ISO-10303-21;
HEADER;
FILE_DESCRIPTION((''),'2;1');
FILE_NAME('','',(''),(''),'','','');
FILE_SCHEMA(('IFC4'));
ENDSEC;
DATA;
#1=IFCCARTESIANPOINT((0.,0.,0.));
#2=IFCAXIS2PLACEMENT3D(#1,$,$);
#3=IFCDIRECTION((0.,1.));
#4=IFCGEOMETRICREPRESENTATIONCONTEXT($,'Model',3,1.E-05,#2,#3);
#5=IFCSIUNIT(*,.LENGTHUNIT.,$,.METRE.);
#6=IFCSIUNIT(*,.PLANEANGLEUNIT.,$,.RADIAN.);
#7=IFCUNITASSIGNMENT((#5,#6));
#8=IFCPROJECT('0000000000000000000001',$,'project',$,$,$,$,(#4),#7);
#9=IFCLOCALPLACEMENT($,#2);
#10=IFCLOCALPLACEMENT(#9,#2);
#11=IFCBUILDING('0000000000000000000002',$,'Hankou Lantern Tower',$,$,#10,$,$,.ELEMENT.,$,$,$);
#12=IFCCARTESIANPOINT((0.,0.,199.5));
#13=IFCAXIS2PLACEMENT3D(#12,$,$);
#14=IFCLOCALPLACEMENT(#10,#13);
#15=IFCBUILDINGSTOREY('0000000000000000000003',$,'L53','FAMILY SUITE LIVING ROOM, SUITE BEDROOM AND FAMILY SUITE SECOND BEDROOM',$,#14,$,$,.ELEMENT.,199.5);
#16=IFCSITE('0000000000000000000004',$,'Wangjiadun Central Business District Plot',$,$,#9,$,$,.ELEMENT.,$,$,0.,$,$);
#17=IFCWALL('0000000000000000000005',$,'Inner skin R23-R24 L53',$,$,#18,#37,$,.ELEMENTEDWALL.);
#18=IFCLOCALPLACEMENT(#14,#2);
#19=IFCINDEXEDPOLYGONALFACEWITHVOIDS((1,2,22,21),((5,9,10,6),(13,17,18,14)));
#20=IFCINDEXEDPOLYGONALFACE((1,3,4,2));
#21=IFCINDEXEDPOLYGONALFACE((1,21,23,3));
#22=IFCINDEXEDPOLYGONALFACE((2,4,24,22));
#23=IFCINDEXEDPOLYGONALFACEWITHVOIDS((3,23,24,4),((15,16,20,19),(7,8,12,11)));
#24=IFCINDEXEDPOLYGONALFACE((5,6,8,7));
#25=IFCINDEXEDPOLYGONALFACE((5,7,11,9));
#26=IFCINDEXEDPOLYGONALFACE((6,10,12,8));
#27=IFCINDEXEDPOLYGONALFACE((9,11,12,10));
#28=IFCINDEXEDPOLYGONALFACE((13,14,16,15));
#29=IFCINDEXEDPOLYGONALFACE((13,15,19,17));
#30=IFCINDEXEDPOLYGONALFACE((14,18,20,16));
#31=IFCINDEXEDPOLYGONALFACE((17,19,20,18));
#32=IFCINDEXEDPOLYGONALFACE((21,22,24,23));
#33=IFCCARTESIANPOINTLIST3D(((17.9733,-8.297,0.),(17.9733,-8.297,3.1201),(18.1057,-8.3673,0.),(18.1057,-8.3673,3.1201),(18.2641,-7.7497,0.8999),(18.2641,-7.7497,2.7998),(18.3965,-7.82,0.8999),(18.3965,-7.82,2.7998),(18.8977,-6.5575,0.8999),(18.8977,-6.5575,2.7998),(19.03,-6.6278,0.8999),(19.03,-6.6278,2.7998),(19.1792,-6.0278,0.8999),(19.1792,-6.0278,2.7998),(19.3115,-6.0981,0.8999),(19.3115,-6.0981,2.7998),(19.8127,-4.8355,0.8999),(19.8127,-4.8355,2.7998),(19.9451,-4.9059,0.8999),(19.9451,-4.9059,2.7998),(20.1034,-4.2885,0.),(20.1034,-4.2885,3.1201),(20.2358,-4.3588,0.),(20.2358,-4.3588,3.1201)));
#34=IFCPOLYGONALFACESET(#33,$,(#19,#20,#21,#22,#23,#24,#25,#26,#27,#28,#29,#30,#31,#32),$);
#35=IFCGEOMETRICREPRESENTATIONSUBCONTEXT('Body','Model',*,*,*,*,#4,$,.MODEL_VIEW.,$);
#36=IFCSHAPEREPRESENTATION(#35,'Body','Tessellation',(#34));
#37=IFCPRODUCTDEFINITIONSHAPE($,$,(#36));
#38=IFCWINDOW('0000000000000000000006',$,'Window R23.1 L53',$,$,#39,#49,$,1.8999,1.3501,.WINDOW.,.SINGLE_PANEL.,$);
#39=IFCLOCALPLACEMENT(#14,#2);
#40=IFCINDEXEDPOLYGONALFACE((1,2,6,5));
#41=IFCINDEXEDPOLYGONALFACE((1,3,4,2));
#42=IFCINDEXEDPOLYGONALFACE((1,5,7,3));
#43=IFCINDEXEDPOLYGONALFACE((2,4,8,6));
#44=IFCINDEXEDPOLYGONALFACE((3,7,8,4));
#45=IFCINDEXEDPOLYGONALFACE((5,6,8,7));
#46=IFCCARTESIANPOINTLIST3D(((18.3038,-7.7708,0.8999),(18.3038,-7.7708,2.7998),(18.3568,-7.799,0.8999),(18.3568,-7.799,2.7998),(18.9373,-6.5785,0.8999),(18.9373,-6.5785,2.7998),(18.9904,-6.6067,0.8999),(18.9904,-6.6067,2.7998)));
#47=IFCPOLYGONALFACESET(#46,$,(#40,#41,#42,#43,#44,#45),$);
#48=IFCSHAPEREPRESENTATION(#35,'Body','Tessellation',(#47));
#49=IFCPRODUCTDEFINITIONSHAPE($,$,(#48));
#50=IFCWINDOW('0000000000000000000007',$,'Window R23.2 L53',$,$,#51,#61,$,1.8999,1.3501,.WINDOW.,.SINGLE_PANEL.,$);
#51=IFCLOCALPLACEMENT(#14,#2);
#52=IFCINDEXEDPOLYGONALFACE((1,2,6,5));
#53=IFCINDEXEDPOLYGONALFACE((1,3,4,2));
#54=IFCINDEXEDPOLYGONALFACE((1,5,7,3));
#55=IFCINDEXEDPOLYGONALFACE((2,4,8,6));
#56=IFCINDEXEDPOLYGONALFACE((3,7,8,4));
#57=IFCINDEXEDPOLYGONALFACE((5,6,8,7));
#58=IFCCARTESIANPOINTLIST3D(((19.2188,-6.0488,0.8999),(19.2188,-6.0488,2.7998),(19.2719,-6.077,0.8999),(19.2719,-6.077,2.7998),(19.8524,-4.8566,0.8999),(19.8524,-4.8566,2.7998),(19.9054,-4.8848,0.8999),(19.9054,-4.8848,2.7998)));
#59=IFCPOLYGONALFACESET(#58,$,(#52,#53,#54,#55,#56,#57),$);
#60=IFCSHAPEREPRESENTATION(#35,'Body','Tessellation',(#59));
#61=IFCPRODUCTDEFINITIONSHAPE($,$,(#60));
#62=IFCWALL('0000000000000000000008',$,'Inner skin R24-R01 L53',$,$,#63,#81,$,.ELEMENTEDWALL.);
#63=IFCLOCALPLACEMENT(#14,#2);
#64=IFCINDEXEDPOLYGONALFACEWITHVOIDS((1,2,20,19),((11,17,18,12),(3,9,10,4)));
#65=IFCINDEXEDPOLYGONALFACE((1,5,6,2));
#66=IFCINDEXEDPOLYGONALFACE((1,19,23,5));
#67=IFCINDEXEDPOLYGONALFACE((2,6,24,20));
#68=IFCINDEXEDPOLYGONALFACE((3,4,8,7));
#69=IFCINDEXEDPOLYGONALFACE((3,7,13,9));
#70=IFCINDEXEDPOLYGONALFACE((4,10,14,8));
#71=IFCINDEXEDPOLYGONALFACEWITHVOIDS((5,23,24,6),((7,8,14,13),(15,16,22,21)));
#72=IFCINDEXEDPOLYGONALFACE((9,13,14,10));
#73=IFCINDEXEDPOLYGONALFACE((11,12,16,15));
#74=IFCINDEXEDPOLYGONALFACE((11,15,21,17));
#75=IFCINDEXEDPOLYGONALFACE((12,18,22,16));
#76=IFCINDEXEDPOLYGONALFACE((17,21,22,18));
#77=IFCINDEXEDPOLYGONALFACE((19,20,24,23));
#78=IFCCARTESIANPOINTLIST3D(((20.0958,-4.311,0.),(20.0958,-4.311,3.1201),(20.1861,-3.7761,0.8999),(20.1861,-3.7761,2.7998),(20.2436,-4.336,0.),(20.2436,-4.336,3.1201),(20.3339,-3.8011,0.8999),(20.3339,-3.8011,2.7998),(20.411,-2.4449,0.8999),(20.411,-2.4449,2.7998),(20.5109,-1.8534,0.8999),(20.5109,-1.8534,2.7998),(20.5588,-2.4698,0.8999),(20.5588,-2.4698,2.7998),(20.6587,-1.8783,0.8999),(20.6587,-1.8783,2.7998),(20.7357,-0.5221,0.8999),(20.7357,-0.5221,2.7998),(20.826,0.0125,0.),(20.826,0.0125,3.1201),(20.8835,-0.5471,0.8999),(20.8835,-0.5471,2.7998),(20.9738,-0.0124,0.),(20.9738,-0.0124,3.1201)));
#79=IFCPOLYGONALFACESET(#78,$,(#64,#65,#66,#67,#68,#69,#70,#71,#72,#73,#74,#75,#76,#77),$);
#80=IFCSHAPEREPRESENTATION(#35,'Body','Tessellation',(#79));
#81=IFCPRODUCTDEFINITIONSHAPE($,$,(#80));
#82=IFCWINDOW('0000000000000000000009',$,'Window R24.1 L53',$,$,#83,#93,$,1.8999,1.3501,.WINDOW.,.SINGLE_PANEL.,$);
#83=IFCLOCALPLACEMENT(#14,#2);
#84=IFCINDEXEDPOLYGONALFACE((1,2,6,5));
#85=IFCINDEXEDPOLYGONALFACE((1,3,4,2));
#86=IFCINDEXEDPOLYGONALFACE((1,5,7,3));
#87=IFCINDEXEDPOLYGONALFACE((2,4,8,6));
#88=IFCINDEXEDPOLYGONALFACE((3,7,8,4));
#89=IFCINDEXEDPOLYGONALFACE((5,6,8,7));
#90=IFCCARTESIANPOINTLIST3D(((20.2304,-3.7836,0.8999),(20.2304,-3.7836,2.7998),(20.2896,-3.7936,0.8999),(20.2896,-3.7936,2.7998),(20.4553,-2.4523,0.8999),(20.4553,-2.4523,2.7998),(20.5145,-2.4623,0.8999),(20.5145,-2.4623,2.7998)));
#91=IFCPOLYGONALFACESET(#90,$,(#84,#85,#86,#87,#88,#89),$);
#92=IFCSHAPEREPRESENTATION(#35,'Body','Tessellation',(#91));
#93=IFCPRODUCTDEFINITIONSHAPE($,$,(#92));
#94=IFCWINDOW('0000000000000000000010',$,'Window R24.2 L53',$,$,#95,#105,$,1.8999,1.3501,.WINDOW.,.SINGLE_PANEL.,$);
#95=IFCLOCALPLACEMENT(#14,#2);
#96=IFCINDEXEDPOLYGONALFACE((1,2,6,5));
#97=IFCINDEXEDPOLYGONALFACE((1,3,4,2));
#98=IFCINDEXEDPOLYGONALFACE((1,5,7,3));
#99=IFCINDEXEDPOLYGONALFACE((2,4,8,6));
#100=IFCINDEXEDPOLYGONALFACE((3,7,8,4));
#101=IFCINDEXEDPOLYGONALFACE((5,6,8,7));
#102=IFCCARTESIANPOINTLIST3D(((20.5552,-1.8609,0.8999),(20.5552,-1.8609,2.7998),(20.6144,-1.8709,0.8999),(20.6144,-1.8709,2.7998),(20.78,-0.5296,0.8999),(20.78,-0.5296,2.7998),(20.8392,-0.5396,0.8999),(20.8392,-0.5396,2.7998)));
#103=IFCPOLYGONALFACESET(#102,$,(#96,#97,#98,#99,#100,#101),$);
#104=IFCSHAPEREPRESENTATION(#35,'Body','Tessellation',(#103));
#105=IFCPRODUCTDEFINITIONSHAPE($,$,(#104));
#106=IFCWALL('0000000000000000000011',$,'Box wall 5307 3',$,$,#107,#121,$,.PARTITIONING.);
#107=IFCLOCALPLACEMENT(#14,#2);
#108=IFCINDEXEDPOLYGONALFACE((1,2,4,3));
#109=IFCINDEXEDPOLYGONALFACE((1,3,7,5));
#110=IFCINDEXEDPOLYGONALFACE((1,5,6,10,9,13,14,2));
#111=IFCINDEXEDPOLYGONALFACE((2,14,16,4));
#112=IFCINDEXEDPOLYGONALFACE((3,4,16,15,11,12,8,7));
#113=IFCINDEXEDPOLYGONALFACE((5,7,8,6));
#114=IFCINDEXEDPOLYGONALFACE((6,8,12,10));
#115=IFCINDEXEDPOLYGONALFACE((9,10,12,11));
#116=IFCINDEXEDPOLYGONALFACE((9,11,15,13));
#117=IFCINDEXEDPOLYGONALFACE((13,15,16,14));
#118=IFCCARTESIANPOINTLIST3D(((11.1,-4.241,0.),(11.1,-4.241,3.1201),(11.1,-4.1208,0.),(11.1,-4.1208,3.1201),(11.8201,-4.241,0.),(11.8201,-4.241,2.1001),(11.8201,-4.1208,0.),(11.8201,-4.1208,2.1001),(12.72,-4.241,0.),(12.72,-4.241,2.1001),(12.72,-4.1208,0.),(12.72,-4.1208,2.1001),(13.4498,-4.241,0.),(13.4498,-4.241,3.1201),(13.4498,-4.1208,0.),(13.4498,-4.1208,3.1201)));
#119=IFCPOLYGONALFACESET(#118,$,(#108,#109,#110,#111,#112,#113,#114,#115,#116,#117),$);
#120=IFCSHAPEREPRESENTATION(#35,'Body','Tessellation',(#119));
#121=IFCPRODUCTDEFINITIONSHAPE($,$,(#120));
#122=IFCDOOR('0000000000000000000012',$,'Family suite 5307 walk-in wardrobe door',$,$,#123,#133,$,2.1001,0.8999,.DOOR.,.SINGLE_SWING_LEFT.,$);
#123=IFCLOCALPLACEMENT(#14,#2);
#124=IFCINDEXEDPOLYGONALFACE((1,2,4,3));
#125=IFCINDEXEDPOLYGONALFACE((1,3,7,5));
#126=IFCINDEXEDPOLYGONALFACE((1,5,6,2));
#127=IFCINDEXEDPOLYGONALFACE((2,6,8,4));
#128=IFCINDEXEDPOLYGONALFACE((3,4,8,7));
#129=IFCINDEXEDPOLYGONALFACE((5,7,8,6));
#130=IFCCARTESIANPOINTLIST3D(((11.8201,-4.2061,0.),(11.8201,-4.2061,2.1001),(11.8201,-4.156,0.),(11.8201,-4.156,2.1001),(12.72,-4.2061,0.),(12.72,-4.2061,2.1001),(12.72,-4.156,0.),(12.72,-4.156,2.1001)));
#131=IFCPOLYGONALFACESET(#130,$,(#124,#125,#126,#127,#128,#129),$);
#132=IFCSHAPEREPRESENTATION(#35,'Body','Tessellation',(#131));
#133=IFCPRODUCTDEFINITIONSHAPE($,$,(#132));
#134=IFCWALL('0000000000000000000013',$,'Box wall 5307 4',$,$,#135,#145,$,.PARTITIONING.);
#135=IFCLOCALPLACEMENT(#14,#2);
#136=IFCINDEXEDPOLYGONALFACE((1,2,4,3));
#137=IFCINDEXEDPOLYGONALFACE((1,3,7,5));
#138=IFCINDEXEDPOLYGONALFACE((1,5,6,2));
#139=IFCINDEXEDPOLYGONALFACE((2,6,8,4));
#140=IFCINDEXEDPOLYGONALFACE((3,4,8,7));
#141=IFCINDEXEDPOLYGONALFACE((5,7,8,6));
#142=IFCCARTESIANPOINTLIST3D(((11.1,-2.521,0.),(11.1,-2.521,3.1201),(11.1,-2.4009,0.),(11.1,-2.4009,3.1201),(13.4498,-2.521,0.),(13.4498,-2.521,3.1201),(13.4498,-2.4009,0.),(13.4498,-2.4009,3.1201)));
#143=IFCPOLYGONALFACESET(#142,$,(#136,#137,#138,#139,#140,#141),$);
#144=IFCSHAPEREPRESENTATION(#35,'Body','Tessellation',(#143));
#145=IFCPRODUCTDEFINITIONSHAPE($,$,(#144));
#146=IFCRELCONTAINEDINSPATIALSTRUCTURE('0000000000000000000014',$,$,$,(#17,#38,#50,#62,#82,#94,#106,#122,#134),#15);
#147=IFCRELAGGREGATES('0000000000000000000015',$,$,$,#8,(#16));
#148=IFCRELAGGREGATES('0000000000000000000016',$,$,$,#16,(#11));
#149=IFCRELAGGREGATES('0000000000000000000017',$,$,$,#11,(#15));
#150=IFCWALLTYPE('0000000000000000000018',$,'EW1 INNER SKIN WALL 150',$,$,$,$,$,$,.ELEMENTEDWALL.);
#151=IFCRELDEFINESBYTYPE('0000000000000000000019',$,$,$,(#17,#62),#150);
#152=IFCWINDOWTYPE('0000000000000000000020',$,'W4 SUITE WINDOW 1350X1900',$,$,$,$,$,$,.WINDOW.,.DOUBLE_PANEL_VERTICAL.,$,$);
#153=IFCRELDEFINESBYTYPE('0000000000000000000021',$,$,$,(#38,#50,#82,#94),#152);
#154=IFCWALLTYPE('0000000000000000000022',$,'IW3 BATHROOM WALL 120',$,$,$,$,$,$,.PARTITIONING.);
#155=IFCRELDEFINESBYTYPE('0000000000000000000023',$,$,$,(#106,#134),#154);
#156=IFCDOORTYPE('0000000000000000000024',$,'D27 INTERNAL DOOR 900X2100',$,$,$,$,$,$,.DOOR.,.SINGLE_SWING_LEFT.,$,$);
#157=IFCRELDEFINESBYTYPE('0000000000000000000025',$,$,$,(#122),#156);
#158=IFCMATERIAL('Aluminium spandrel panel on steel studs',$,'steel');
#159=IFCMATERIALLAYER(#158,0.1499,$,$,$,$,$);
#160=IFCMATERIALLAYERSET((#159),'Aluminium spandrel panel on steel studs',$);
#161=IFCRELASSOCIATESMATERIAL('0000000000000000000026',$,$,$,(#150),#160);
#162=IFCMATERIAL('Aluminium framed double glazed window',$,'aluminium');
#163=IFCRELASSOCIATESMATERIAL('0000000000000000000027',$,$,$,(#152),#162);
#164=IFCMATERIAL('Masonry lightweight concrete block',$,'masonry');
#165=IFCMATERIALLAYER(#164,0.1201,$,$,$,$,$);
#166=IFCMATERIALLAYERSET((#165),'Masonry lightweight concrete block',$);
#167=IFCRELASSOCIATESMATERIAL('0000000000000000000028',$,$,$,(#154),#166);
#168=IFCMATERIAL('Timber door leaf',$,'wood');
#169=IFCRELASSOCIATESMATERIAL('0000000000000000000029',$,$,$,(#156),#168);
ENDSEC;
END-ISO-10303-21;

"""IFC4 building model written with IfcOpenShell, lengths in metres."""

from ifc_helpers import new_model, si_unit, direction, frame, frame_2d, origin, place, context, subcontext, project, spatial, rectangle, extrude, material, layer, layer_set, type_object, element, fill, save


model = new_model("IFC4")

# Units and contexts
model_context = context("Model", 3, precision=1e-05, world=origin(), true_north=direction((0.0, 1.0)))
body_context = subcontext(model_context, "Body", "Model", "MODEL_VIEW")
ifc_project = project(units=[si_unit("LENGTHUNIT", "METRE"), si_unit("PLANEANGLEUNIT", "RADIAN")], contexts=[model_context])

# Site, building, storey
site_placement = place(None, origin())
site = spatial("IfcSite", under=ifc_project, at=site_placement, Name="Wangjiadun Central Business District Plot", CompositionType="ELEMENT", RefElevation=0.0)
building_placement = place(site_placement, origin())
building = spatial("IfcBuilding", under=site, at=building_placement, Name="Hankou Lantern Tower", CompositionType="ELEMENT")
storey_placement = place(building_placement, frame((0.0, 0.0, 199.5)))
storey = spatial("IfcBuildingStorey", under=building, at=storey_placement, Name="L53", Description="FAMILY SUITE LIVING ROOM, SUITE BEDROOM AND FAMILY SUITE SECOND BEDROOM", CompositionType="ELEMENT", Elevation=199.5)

# Walls, openings, windows
ifc_material_1 = material(Name="Aluminium spandrel panel on steel studs", Category="steel")
ifc_layer_1 = layer(ifc_material_1, 0.1499)
ifc_layer_set_1 = layer_set([ifc_layer_1], Name="Aluminium spandrel panel on steel studs")
wall_type_1 = type_object("IfcWallType", Name="EW1 INNER SKIN WALL 150", PredefinedType="ELEMENTEDWALL", material=ifc_layer_set_1)
wall_1_placement = place(storey_placement, frame((18.0396, -8.332, 0.0), z_axis=(0.0, 0.0, 1.0), x_axis=(0.469256, 0.883062, 0.0)))
wall_1 = element("IfcWall", 1, at=wall_1_placement, inside=storey, type_object=wall_type_1, Name="Inner skin R23-R24 L53", PredefinedType="ELEMENTEDWALL", context=body_context, shape_type="SweptSolid", body=[
    extrude(rectangle(XDim=4.5393, YDim=0.1499, at=frame_2d((2.2695, 0.0))), origin(), (0.0, 0.0, 1.0), 3.1201),
])
opening_1_placement = place(wall_1_placement, frame((0.6196, 0.0, 0.8999)))
opening_1 = element("IfcOpeningElement", 2, at=opening_1_placement, cuts=wall_1, PredefinedType="OPENING", context=body_context, shape_type="SweptSolid", body=[
    extrude(rectangle(XDim=1.3501, YDim=1.8999, at=frame_2d((0.675, 0.95))), frame((0.0, 0.085, 0.0), z_axis=(0.0, -1.0, 0.0), x_axis=(1.0, 0.0, 0.0)), (0.0, 0.0, 1.0), 0.1699),
])
opening_2_placement = place(wall_1_placement, frame((2.5696, 0.0, 0.8999)))
opening_2 = element("IfcOpeningElement", 3, at=opening_2_placement, cuts=wall_1, PredefinedType="OPENING", context=body_context, shape_type="SweptSolid", body=[
    extrude(rectangle(XDim=1.3501, YDim=1.8999, at=frame_2d((0.675, 0.95))), frame((0.0, 0.085, 0.0), z_axis=(0.0, -1.0, 0.0), x_axis=(1.0, 0.0, 0.0)), (0.0, 0.0, 1.0), 0.1699),
])
ifc_material_2 = material(Name="Aluminium framed double glazed window", Category="aluminium")
window_type = type_object("IfcWindowType", Name="W4 SUITE WINDOW 1350X1900", PartitioningType="DOUBLE_PANEL_VERTICAL", PredefinedType="WINDOW", material=ifc_material_2)
window_1_placement = place(opening_1_placement, origin())
window_1 = element("IfcWindow", 4, at=window_1_placement, inside=storey, type_object=window_type, Name="Window R23.1 L53", OverallHeight=1.8999, OverallWidth=1.3501, PartitioningType="SINGLE_PANEL", PredefinedType="WINDOW", context=body_context, shape_type="SweptSolid", body=[
    extrude(rectangle(XDim=1.3501, YDim=1.8999, at=frame_2d((0.675, 0.95))), frame((0.0, 0.03, 0.0), z_axis=(0.0, -1.0, 0.0), x_axis=(1.0, 0.0, 0.0)), (0.0, 0.0, 1.0), 0.0601),
])
fill(opening_1, window_1)
window_2_placement = place(opening_2_placement, origin())
window_2 = element("IfcWindow", 5, at=window_2_placement, inside=storey, type_object=window_type, Name="Window R23.2 L53", OverallHeight=1.8999, OverallWidth=1.3501, PartitioningType="SINGLE_PANEL", PredefinedType="WINDOW", context=body_context, shape_type="SweptSolid", body=[
    extrude(rectangle(XDim=1.3501, YDim=1.8999, at=frame_2d((0.675, 0.95))), frame((0.0, 0.03, 0.0), z_axis=(0.0, -1.0, 0.0), x_axis=(1.0, 0.0, 0.0)), (0.0, 0.0, 1.0), 0.0601),
])
fill(opening_2, window_2)
wall_2_placement = place(storey_placement, frame((20.1697, -4.3235, 0.0), z_axis=(0.0, 0.0, 1.0), x_axis=(0.166539, 0.986035, 0.0)))
wall_2 = element("IfcWall", 6, at=wall_2_placement, inside=storey, type_object=wall_type_1, Name="Inner skin R24-R01 L53", PredefinedType="ELEMENTEDWALL", context=body_context, shape_type="SweptSolid", body=[
    extrude(rectangle(XDim=4.3848, YDim=0.1499, at=frame_2d((2.1924, 0.0))), origin(), (0.0, 0.0, 1.0), 3.1201),
])
opening_3_placement = place(wall_2_placement, frame((0.5425, 0.0, 0.8999)))
opening_3 = element("IfcOpeningElement", 7, at=opening_3_placement, cuts=wall_2, PredefinedType="OPENING", context=body_context, shape_type="SweptSolid", body=[
    extrude(rectangle(XDim=1.3501, YDim=1.8999, at=frame_2d((0.675, 0.95))), frame((0.0, 0.085, 0.0), z_axis=(0.0, -1.0, 0.0), x_axis=(1.0, 0.0, 0.0)), (0.0, 0.0, 1.0), 0.1699),
])
opening_4_placement = place(wall_2_placement, frame((2.4924, 0.0, 0.8999)))
opening_4 = element("IfcOpeningElement", 8, at=opening_4_placement, cuts=wall_2, PredefinedType="OPENING", context=body_context, shape_type="SweptSolid", body=[
    extrude(rectangle(XDim=1.3501, YDim=1.8999, at=frame_2d((0.675, 0.95))), frame((0.0, 0.085, 0.0), z_axis=(0.0, -1.0, 0.0), x_axis=(1.0, 0.0, 0.0)), (0.0, 0.0, 1.0), 0.1699),
])
window_3_placement = place(opening_3_placement, origin())
window_3 = element("IfcWindow", 9, at=window_3_placement, inside=storey, type_object=window_type, Name="Window R24.1 L53", OverallHeight=1.8999, OverallWidth=1.3501, PartitioningType="SINGLE_PANEL", PredefinedType="WINDOW", context=body_context, shape_type="SweptSolid", body=[
    extrude(rectangle(XDim=1.3501, YDim=1.8999, at=frame_2d((0.675, 0.95))), frame((0.0, 0.03, 0.0), z_axis=(0.0, -1.0, 0.0), x_axis=(1.0, 0.0, 0.0)), (0.0, 0.0, 1.0), 0.0601),
])
fill(opening_3, window_3)
window_4_placement = place(opening_4_placement, origin())
window_4 = element("IfcWindow", 10, at=window_4_placement, inside=storey, type_object=window_type, Name="Window R24.2 L53", OverallHeight=1.8999, OverallWidth=1.3501, PartitioningType="SINGLE_PANEL", PredefinedType="WINDOW", context=body_context, shape_type="SweptSolid", body=[
    extrude(rectangle(XDim=1.3501, YDim=1.8999, at=frame_2d((0.675, 0.95))), frame((0.0, 0.03, 0.0), z_axis=(0.0, -1.0, 0.0), x_axis=(1.0, 0.0, 0.0)), (0.0, 0.0, 1.0), 0.0601),
])
fill(opening_4, window_4)

# Wall, opening, door
ifc_material_3 = material(Name="Masonry lightweight concrete block", Category="masonry")
ifc_layer_2 = layer(ifc_material_3, 0.1201)
ifc_layer_set_2 = layer_set([ifc_layer_2], Name="Masonry lightweight concrete block")
wall_type_2 = type_object("IfcWallType", Name="IW3 BATHROOM WALL 120", PredefinedType="PARTITIONING", material=ifc_layer_set_2)
wall_3_placement = place(storey_placement, frame((11.1001, -4.1809, 0.0), z_axis=(0.0, 0.0, 1.0), x_axis=(1.0, 0.0, 0.0)))
wall_3 = element("IfcWall", 11, at=wall_3_placement, inside=storey, type_object=wall_type_2, Name="Box wall 5307 3", PredefinedType="PARTITIONING", context=body_context, shape_type="SweptSolid", body=[
    extrude(rectangle(XDim=2.3499, YDim=0.1201, at=frame_2d((1.1748, 0.0))), origin(), (0.0, 0.0, 1.0), 3.1201),
])
opening_5_placement = place(wall_3_placement, frame((0.72, 0.0, 0.0)))
opening_5 = element("IfcOpeningElement", 12, at=opening_5_placement, cuts=wall_3, PredefinedType="OPENING", context=body_context, shape_type="SweptSolid", body=[
    extrude(rectangle(XDim=0.8999, YDim=2.1001, at=frame_2d((0.45, 1.05))), frame((0.0, 0.0701, 0.0), z_axis=(0.0, -1.0, 0.0), x_axis=(1.0, 0.0, 0.0)), (0.0, 0.0, 1.0), 0.1401),
])
ifc_material_4 = material(Name="Timber door leaf", Category="wood")
door_type = type_object("IfcDoorType", Name="D27 INTERNAL DOOR 900X2100", OperationType="SINGLE_SWING_LEFT", PredefinedType="DOOR", material=ifc_material_4)
door_1_placement = place(opening_5_placement, origin())
door_1 = element("IfcDoor", 13, at=door_1_placement, inside=storey, type_object=door_type, Name="Family suite 5307 walk-in wardrobe door", OperationType="SINGLE_SWING_LEFT", OverallHeight=2.1001, OverallWidth=0.8999, PredefinedType="DOOR", context=body_context, shape_type="SweptSolid", body=[
    extrude(rectangle(XDim=0.8999, YDim=2.1001, at=frame_2d((0.45, 1.05))), frame((0.0, 0.0249, 0.0), z_axis=(0.0, -1.0, 0.0), x_axis=(1.0, 0.0, 0.0)), (0.0, 0.0, 1.0), 0.05),
])
fill(opening_5, door_1)

# Wall
wall_4_placement = place(storey_placement, frame((11.1001, -2.4609, 0.0), z_axis=(0.0, 0.0, 1.0), x_axis=(1.0, 0.0, 0.0)))
element("IfcWall", 14, at=wall_4_placement, inside=storey, type_object=wall_type_2, Name="Box wall 5307 4", PredefinedType="PARTITIONING", context=body_context, shape_type="SweptSolid", body=[
    extrude(rectangle(XDim=2.3499, YDim=0.1201, at=frame_2d((1.1748, 0.0))), origin(), (0.0, 0.0, 1.0), 3.1201),
])

save(model, "model.ifc")
